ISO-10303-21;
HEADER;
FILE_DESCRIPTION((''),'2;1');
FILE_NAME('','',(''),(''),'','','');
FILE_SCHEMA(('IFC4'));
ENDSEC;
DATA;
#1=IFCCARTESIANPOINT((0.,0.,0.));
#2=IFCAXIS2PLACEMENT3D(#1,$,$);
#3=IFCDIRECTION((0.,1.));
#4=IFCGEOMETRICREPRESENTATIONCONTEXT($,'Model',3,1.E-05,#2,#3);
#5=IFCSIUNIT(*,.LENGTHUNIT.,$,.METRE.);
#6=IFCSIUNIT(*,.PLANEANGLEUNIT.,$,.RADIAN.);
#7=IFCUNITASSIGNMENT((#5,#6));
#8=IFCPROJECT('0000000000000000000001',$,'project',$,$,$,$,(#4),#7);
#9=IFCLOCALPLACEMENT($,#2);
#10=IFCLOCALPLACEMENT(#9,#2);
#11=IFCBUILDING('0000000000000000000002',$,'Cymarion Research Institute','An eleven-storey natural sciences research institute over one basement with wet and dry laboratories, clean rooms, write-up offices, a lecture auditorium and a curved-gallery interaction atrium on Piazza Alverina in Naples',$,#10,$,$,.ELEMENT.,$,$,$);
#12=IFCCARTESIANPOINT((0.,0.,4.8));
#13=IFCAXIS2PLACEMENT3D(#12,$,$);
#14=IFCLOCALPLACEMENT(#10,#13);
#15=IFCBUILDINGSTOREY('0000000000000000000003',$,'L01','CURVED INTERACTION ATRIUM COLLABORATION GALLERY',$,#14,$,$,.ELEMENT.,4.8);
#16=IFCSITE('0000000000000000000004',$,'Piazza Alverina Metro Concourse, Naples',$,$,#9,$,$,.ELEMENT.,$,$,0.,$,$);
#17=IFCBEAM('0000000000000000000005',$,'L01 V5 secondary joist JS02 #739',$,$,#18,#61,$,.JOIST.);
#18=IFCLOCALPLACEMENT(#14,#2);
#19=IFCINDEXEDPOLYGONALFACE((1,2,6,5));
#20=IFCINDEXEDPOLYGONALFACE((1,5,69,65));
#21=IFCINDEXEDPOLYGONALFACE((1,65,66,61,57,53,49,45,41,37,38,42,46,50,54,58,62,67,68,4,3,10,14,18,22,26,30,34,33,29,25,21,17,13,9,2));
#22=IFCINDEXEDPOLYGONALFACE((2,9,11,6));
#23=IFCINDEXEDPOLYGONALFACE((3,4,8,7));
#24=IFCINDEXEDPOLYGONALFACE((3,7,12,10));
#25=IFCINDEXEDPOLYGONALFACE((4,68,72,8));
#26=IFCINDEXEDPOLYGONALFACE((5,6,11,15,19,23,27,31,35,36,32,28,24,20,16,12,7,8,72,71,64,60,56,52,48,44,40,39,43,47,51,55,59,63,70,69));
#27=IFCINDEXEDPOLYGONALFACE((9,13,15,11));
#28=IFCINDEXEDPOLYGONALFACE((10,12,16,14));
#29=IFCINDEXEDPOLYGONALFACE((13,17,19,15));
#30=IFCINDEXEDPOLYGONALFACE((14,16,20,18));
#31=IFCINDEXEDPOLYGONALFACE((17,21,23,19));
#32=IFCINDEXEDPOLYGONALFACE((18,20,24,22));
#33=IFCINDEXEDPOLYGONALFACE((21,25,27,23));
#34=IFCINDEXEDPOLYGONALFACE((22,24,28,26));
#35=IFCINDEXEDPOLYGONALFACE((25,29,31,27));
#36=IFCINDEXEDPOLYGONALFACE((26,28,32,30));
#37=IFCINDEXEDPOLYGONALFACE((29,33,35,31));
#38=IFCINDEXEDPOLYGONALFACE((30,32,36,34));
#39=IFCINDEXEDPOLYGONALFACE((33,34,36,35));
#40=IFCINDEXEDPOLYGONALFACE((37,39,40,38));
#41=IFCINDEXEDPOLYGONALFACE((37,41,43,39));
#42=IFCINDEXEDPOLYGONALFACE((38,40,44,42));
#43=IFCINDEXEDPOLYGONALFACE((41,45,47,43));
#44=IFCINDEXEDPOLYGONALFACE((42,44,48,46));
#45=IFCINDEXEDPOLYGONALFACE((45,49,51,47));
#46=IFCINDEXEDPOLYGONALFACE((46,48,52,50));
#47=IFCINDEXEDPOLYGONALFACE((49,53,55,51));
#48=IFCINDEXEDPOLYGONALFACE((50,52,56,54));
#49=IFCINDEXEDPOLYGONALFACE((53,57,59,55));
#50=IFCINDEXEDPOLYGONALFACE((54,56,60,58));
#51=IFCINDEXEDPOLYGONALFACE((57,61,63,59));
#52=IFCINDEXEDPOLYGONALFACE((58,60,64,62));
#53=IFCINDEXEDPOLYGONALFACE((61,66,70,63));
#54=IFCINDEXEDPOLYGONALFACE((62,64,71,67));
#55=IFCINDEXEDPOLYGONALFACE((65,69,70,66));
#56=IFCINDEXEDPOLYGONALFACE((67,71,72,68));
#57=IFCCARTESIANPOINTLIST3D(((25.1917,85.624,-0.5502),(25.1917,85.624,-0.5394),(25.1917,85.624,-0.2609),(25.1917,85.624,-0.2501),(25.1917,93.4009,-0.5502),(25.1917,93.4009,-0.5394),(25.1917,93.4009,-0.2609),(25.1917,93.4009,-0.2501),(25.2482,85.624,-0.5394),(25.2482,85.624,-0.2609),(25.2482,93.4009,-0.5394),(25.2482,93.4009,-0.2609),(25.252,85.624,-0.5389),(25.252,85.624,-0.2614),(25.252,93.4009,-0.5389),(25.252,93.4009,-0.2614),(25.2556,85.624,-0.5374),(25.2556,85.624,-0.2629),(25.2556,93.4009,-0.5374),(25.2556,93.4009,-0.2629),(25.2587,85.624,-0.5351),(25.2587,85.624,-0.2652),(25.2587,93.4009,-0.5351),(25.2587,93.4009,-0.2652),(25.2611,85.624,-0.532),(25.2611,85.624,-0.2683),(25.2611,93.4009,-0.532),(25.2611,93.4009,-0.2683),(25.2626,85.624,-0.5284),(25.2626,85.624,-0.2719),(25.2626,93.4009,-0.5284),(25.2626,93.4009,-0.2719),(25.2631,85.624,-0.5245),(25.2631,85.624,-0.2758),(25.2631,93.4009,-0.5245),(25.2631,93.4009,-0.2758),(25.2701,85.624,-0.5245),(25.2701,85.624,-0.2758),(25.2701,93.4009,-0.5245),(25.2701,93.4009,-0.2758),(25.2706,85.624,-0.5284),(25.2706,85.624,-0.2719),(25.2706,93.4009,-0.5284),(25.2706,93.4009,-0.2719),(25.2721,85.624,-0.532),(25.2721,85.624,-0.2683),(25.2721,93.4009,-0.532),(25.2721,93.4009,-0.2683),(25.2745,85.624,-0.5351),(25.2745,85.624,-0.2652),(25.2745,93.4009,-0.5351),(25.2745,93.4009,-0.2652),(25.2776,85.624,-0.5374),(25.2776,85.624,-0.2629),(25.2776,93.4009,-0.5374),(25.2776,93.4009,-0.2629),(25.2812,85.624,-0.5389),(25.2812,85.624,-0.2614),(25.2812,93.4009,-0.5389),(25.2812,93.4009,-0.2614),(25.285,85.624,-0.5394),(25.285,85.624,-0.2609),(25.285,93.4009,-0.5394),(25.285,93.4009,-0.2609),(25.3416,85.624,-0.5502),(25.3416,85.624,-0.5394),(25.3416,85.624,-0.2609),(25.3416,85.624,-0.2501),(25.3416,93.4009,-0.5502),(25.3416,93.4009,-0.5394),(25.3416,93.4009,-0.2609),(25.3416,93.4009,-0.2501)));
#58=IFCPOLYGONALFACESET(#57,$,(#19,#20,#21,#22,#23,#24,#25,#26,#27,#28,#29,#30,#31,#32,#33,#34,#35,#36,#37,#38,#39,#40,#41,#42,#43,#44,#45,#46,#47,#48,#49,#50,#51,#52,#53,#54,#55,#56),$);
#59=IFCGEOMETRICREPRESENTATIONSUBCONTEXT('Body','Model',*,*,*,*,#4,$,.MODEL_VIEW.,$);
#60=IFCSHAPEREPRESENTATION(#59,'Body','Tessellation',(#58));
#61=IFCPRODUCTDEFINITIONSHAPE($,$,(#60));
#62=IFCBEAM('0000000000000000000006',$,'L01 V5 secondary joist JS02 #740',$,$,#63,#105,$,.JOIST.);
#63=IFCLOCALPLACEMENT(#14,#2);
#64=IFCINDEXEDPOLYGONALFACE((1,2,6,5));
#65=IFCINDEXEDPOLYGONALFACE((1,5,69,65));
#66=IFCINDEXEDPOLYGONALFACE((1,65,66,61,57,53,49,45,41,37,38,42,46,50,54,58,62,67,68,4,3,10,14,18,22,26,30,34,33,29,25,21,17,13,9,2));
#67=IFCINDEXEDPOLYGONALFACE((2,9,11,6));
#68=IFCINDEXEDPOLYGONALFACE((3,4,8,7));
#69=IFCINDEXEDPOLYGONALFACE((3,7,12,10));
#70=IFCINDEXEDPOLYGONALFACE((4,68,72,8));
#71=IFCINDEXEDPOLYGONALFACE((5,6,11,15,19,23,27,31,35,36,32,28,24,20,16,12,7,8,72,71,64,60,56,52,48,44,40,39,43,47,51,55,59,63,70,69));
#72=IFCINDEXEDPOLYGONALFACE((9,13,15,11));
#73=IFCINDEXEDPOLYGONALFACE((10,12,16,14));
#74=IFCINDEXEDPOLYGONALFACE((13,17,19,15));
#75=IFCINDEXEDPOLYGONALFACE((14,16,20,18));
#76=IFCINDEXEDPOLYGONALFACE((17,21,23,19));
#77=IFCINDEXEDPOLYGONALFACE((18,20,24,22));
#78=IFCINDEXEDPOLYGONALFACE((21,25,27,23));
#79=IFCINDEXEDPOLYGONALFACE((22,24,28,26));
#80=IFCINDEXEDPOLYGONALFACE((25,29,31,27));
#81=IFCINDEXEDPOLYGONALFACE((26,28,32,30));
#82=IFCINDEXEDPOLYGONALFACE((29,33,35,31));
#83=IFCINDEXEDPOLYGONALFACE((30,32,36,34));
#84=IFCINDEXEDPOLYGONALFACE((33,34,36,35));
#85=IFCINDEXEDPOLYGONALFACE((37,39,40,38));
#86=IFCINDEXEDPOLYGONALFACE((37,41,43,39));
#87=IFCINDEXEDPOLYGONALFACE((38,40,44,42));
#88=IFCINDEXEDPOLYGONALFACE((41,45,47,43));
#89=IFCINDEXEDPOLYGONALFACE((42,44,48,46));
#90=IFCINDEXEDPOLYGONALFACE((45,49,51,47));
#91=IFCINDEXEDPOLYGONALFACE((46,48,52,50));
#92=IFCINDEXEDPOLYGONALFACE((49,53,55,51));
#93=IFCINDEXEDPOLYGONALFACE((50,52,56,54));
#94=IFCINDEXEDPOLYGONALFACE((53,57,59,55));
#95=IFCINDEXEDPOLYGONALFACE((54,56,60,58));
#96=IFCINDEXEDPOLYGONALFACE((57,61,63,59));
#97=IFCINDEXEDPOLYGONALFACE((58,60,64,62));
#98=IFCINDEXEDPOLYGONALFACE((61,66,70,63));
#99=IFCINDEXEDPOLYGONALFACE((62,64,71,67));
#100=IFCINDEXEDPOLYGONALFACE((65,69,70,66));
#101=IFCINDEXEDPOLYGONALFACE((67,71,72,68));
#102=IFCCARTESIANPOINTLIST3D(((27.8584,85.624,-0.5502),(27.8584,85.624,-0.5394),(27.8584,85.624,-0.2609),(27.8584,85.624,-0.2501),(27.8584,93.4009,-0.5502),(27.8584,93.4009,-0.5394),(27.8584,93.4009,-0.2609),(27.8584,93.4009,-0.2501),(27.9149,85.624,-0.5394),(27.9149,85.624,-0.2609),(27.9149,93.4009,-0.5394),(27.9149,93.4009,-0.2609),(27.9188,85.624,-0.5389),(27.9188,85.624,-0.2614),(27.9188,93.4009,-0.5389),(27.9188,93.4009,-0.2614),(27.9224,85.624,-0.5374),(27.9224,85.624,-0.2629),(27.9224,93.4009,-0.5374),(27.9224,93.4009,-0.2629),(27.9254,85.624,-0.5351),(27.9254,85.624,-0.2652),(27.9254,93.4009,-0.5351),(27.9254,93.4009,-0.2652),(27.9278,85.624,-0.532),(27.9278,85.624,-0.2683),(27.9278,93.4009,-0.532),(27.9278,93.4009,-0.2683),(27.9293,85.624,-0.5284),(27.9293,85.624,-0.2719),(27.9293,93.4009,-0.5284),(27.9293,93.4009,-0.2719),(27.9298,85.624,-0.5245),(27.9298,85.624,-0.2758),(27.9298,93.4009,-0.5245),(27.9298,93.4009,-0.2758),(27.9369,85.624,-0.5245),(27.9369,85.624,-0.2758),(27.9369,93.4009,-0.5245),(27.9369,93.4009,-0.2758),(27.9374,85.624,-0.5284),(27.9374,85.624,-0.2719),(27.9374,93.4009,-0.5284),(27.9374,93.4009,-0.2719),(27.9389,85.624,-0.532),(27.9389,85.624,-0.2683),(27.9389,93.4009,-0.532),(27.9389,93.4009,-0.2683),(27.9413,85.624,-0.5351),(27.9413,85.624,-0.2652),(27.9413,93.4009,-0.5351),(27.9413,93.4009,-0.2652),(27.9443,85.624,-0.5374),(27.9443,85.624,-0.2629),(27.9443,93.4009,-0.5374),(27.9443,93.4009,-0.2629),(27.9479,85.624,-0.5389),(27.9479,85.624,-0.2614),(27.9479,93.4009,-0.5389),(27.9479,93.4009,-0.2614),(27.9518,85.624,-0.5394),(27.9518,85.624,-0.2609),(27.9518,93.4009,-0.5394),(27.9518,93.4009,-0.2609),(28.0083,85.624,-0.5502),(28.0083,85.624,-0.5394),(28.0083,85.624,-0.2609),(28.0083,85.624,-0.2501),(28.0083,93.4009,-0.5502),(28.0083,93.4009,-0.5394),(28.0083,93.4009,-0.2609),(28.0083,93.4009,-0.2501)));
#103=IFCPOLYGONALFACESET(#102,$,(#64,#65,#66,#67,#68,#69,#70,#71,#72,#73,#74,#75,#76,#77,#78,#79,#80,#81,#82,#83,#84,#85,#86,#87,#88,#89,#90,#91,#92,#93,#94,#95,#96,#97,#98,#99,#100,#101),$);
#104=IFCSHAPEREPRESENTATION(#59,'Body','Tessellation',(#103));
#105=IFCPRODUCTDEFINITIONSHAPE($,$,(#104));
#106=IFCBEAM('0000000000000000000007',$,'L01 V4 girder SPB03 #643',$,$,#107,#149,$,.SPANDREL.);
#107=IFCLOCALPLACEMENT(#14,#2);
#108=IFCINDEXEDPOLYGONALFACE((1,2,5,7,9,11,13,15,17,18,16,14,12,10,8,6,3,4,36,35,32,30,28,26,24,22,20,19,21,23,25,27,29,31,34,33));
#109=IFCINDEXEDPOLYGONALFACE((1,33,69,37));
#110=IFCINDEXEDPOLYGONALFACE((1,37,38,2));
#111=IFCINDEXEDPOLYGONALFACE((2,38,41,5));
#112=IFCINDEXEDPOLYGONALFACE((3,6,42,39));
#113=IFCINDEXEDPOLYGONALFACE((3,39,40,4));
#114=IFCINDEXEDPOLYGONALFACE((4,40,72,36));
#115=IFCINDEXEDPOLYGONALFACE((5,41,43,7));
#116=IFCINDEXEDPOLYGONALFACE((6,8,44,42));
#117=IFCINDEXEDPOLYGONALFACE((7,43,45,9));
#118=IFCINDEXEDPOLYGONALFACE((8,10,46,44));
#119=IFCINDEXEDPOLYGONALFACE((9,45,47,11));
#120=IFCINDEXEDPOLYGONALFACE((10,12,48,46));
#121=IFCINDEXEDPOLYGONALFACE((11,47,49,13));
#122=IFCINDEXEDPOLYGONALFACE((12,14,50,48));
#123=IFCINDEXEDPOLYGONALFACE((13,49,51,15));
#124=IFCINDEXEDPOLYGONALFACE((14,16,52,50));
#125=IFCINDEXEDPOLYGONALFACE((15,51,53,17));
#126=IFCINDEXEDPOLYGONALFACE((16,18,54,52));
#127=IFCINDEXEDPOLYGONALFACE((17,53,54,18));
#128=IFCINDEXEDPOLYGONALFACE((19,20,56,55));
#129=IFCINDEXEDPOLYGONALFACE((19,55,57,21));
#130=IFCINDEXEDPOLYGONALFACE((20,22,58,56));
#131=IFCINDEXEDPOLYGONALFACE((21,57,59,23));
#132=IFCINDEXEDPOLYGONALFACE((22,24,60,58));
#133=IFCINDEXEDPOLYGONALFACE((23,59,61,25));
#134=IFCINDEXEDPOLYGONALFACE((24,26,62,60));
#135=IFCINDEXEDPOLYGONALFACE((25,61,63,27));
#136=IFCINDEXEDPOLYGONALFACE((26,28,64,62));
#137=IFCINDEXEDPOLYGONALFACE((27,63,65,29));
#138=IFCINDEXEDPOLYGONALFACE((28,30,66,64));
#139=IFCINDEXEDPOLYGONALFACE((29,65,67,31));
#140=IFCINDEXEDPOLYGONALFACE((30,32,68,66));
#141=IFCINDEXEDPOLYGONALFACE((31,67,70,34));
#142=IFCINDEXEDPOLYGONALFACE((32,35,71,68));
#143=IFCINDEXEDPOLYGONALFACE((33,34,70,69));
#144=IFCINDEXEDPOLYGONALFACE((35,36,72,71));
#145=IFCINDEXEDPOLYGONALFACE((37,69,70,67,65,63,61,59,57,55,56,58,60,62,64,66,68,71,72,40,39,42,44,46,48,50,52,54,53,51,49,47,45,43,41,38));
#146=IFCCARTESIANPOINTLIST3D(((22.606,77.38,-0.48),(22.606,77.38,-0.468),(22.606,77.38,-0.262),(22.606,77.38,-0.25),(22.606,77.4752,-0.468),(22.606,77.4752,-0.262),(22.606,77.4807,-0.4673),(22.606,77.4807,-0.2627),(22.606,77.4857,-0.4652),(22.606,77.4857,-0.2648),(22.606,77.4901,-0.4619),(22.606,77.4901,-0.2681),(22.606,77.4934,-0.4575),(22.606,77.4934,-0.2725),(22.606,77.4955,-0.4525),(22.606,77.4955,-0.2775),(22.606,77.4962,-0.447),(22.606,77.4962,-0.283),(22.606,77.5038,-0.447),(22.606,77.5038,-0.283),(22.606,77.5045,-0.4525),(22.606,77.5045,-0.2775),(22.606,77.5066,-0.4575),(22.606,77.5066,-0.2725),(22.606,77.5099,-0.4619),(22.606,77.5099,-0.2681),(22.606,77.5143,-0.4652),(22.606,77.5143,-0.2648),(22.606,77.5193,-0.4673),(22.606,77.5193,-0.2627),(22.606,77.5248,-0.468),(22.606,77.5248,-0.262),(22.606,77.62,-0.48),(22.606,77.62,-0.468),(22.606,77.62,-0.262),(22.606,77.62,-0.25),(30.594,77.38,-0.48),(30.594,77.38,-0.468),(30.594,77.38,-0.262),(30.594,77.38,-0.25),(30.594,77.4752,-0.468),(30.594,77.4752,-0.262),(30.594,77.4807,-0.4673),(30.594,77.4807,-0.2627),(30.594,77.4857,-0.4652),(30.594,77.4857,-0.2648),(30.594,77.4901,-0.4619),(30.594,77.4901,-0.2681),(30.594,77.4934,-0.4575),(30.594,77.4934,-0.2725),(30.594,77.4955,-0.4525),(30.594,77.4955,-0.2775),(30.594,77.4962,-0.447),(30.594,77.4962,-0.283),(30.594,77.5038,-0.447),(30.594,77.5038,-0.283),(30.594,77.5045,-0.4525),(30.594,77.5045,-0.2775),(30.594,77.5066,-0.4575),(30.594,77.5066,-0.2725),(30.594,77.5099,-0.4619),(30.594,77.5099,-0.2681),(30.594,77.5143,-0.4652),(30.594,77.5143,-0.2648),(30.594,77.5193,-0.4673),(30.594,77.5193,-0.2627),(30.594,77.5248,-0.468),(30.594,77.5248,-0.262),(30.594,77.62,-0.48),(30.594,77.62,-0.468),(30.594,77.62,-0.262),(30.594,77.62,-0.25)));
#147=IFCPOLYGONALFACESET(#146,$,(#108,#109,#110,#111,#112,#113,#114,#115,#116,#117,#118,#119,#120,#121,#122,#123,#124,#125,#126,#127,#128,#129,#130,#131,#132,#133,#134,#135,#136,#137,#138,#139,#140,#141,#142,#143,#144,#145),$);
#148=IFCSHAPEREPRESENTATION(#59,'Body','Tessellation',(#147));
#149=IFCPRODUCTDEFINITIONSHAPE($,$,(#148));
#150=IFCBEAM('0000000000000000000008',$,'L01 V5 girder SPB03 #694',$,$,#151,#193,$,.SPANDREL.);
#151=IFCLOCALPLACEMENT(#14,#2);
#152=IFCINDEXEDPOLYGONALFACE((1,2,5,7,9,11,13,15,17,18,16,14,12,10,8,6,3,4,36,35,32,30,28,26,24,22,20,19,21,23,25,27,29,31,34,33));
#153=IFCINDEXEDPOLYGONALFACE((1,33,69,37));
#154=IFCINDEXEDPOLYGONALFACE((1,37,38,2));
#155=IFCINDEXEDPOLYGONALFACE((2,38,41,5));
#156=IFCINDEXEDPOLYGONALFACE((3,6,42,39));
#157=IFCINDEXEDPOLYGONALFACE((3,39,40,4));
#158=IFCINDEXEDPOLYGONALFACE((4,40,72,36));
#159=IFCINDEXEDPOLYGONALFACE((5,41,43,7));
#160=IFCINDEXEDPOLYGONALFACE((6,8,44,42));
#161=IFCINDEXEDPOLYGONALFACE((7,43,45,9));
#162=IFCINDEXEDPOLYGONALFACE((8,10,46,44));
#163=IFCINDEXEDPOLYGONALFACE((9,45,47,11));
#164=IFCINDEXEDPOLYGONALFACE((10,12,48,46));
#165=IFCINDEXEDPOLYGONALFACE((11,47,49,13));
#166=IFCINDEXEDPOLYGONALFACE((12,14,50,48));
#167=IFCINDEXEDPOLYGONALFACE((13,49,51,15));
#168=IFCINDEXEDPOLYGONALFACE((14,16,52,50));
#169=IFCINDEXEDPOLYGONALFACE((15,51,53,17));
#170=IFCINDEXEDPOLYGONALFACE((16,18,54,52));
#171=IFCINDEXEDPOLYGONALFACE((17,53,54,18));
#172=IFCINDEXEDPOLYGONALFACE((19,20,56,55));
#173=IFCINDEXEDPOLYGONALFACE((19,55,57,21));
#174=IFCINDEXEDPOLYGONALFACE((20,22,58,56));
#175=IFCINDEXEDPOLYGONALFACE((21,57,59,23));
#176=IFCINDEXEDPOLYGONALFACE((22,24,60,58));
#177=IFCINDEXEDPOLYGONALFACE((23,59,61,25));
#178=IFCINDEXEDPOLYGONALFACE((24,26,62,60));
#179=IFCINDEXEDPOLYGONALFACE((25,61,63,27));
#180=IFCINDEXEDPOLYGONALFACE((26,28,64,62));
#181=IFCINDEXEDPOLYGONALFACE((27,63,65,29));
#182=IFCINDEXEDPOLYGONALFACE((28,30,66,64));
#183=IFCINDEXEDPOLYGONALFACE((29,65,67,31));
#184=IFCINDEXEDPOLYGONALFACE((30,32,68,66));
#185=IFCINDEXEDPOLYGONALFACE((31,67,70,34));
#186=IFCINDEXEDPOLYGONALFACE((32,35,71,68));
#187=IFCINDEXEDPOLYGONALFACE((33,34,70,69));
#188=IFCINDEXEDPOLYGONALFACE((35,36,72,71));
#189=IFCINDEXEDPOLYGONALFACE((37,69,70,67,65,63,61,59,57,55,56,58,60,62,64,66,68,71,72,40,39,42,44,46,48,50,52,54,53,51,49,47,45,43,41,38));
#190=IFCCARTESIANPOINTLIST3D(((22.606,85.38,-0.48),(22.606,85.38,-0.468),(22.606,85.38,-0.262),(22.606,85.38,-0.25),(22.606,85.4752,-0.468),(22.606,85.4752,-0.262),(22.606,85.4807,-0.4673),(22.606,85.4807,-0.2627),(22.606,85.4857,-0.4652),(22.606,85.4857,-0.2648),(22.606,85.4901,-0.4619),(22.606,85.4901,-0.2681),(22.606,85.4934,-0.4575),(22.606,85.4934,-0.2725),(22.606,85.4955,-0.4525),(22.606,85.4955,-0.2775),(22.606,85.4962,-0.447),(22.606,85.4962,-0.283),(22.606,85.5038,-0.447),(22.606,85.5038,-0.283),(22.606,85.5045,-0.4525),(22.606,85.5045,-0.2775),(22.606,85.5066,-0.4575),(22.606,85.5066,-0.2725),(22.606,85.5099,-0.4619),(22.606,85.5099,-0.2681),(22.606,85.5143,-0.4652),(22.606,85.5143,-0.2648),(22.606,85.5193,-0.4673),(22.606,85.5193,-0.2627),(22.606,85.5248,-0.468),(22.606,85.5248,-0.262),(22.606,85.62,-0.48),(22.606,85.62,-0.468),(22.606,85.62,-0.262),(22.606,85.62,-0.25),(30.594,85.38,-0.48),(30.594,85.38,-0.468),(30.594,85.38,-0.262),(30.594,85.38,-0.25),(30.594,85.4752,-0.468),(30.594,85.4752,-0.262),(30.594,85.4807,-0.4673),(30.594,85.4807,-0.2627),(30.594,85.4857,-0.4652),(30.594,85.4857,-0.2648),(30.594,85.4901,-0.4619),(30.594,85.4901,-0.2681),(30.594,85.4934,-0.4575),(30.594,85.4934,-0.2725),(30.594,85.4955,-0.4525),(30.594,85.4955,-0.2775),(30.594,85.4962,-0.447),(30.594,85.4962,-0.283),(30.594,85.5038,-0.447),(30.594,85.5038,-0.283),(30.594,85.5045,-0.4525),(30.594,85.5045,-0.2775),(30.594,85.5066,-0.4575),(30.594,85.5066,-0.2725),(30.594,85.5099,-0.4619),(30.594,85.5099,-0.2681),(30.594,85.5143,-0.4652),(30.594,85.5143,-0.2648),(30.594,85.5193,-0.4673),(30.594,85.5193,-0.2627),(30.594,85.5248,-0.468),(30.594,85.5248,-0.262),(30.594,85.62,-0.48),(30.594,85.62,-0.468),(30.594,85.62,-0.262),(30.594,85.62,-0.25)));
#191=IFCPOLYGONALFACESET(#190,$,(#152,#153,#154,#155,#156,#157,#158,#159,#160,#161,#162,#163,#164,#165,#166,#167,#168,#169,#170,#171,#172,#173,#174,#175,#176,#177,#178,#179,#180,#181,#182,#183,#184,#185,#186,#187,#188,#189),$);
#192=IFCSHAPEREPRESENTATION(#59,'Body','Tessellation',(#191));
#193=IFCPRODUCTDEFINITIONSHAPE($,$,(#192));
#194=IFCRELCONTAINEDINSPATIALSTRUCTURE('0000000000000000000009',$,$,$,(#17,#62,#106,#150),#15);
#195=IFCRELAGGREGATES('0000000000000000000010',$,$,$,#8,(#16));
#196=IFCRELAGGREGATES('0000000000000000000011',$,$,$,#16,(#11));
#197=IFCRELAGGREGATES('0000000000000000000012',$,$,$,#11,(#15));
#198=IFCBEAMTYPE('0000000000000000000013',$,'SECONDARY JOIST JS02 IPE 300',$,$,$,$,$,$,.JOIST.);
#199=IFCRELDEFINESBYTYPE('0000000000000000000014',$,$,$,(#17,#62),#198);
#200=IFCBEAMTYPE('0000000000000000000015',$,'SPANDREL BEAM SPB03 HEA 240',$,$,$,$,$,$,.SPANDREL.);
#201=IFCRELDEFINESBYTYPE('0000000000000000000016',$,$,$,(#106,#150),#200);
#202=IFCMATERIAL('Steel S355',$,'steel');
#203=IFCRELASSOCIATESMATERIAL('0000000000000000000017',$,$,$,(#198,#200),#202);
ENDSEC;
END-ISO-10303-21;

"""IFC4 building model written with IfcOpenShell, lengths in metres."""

from ifc_helpers import new_model, si_unit, direction, frame, origin, origin_2d, place, context, subcontext, project, spatial, i_section, extrude, material, material_profile, profile_set, type_object, element, save


model = new_model("IFC4")

# Units and contexts
model_context = context("Model", 3, precision=1e-05, world=origin(), true_north=direction((0.0, 1.0)))
body_context = subcontext(model_context, "Body", "Model", "MODEL_VIEW")
ifc_project = project(units=[si_unit("LENGTHUNIT", "METRE"), si_unit("PLANEANGLEUNIT", "RADIAN")], contexts=[model_context])

# Site, building, storey
site_placement = place(None, origin())
site = spatial("IfcSite", under=ifc_project, at=site_placement, Name="Piazza Alverina Metro Concourse, Naples", CompositionType="ELEMENT", RefElevation=0.0)
building_placement = place(site_placement, origin())
building = spatial("IfcBuilding", under=site, at=building_placement, Name="Cymarion Research Institute", Description="An eleven-storey natural sciences research institute over one basement with wet and dry laboratories, clean rooms, write-up offices, a lecture auditorium and a curved-gallery interaction atrium on Piazza Alverina in Naples", CompositionType="ELEMENT")
storey_placement = place(building_placement, frame((0.0, 0.0, 4.8)))
storey = spatial("IfcBuildingStorey", under=building, at=storey_placement, Name="L01", Description="CURVED INTERACTION ATRIUM COLLABORATION GALLERY", CompositionType="ELEMENT", Elevation=4.8)

# Shared definitions
ifc_material_1 = material(Name="Steel S355", Category="steel")

# Beams
ifc_material_profile_1 = material_profile(ifc_material_1, i_section(OverallWidth=0.1499, OverallDepth=0.3, WebThickness=0.0071, FlangeThickness=0.0107, FilletRadius=0.0149, at=origin_2d()), Name="IPE 300")
ifc_profile_set_1 = profile_set([ifc_material_profile_1], Name="Steel S355")
beam_type_1 = type_object("IfcBeamType", Name="SECONDARY JOIST JS02 IPE 300", PredefinedType="JOIST", material=ifc_profile_set_1)
for number, where, z_axis, x_axis, name in (
    (1, (25.2666, 85.624, -0.4001), (0.0, 1.0, 0.0), (-1.0, 0.0, 0.0), "L01 V5 secondary joist JS02 #739"),
    (2, (27.9333, 85.624, -0.4001), (0.0, 1.0, 0.0), (-1.0, 0.0, 0.0), "L01 V5 secondary joist JS02 #740"),
):
    element("IfcBeam", number, at=place(storey_placement, frame(where, z_axis=z_axis, x_axis=x_axis)), inside=storey, type_object=beam_type_1, Name=name, PredefinedType="JOIST", context=body_context, shape_type="SweptSolid", body=[
        extrude(i_section(OverallWidth=0.1499, OverallDepth=0.3, WebThickness=0.0071, FlangeThickness=0.0107, FilletRadius=0.0149, at=origin_2d()), origin(), (0.0, 0.0, 1.0), 7.7769),
    ])
ifc_material_profile_2 = material_profile(ifc_material_1, i_section(OverallWidth=0.24, OverallDepth=0.23, WebThickness=0.0076, FlangeThickness=0.012, FilletRadius=0.021, at=origin_2d()), Name="HEA 240")
ifc_profile_set_2 = profile_set([ifc_material_profile_2], Name="Steel S355")
beam_type_2 = type_object("IfcBeamType", Name="SPANDREL BEAM SPB03 HEA 240", PredefinedType="SPANDREL", material=ifc_profile_set_2)
for number, where, z_axis, x_axis, name in (
    (3, (22.606, 77.5, -0.365), (1.0, 0.0, 0.0), (0.0, 1.0, 0.0), "L01 V4 girder SPB03 #643"),
    (4, (22.606, 85.5, -0.365), (1.0, 0.0, 0.0), (0.0, 1.0, 0.0), "L01 V5 girder SPB03 #694"),
):
    element("IfcBeam", number, at=place(storey_placement, frame(where, z_axis=z_axis, x_axis=x_axis)), inside=storey, type_object=beam_type_2, Name=name, PredefinedType="SPANDREL", context=body_context, shape_type="SweptSolid", body=[
        extrude(i_section(OverallWidth=0.24, OverallDepth=0.23, WebThickness=0.0076, FlangeThickness=0.012, FilletRadius=0.021, at=origin_2d()), origin(), (0.0, 0.0, 1.0), 7.988),
    ])

save(model, "model.ifc")
